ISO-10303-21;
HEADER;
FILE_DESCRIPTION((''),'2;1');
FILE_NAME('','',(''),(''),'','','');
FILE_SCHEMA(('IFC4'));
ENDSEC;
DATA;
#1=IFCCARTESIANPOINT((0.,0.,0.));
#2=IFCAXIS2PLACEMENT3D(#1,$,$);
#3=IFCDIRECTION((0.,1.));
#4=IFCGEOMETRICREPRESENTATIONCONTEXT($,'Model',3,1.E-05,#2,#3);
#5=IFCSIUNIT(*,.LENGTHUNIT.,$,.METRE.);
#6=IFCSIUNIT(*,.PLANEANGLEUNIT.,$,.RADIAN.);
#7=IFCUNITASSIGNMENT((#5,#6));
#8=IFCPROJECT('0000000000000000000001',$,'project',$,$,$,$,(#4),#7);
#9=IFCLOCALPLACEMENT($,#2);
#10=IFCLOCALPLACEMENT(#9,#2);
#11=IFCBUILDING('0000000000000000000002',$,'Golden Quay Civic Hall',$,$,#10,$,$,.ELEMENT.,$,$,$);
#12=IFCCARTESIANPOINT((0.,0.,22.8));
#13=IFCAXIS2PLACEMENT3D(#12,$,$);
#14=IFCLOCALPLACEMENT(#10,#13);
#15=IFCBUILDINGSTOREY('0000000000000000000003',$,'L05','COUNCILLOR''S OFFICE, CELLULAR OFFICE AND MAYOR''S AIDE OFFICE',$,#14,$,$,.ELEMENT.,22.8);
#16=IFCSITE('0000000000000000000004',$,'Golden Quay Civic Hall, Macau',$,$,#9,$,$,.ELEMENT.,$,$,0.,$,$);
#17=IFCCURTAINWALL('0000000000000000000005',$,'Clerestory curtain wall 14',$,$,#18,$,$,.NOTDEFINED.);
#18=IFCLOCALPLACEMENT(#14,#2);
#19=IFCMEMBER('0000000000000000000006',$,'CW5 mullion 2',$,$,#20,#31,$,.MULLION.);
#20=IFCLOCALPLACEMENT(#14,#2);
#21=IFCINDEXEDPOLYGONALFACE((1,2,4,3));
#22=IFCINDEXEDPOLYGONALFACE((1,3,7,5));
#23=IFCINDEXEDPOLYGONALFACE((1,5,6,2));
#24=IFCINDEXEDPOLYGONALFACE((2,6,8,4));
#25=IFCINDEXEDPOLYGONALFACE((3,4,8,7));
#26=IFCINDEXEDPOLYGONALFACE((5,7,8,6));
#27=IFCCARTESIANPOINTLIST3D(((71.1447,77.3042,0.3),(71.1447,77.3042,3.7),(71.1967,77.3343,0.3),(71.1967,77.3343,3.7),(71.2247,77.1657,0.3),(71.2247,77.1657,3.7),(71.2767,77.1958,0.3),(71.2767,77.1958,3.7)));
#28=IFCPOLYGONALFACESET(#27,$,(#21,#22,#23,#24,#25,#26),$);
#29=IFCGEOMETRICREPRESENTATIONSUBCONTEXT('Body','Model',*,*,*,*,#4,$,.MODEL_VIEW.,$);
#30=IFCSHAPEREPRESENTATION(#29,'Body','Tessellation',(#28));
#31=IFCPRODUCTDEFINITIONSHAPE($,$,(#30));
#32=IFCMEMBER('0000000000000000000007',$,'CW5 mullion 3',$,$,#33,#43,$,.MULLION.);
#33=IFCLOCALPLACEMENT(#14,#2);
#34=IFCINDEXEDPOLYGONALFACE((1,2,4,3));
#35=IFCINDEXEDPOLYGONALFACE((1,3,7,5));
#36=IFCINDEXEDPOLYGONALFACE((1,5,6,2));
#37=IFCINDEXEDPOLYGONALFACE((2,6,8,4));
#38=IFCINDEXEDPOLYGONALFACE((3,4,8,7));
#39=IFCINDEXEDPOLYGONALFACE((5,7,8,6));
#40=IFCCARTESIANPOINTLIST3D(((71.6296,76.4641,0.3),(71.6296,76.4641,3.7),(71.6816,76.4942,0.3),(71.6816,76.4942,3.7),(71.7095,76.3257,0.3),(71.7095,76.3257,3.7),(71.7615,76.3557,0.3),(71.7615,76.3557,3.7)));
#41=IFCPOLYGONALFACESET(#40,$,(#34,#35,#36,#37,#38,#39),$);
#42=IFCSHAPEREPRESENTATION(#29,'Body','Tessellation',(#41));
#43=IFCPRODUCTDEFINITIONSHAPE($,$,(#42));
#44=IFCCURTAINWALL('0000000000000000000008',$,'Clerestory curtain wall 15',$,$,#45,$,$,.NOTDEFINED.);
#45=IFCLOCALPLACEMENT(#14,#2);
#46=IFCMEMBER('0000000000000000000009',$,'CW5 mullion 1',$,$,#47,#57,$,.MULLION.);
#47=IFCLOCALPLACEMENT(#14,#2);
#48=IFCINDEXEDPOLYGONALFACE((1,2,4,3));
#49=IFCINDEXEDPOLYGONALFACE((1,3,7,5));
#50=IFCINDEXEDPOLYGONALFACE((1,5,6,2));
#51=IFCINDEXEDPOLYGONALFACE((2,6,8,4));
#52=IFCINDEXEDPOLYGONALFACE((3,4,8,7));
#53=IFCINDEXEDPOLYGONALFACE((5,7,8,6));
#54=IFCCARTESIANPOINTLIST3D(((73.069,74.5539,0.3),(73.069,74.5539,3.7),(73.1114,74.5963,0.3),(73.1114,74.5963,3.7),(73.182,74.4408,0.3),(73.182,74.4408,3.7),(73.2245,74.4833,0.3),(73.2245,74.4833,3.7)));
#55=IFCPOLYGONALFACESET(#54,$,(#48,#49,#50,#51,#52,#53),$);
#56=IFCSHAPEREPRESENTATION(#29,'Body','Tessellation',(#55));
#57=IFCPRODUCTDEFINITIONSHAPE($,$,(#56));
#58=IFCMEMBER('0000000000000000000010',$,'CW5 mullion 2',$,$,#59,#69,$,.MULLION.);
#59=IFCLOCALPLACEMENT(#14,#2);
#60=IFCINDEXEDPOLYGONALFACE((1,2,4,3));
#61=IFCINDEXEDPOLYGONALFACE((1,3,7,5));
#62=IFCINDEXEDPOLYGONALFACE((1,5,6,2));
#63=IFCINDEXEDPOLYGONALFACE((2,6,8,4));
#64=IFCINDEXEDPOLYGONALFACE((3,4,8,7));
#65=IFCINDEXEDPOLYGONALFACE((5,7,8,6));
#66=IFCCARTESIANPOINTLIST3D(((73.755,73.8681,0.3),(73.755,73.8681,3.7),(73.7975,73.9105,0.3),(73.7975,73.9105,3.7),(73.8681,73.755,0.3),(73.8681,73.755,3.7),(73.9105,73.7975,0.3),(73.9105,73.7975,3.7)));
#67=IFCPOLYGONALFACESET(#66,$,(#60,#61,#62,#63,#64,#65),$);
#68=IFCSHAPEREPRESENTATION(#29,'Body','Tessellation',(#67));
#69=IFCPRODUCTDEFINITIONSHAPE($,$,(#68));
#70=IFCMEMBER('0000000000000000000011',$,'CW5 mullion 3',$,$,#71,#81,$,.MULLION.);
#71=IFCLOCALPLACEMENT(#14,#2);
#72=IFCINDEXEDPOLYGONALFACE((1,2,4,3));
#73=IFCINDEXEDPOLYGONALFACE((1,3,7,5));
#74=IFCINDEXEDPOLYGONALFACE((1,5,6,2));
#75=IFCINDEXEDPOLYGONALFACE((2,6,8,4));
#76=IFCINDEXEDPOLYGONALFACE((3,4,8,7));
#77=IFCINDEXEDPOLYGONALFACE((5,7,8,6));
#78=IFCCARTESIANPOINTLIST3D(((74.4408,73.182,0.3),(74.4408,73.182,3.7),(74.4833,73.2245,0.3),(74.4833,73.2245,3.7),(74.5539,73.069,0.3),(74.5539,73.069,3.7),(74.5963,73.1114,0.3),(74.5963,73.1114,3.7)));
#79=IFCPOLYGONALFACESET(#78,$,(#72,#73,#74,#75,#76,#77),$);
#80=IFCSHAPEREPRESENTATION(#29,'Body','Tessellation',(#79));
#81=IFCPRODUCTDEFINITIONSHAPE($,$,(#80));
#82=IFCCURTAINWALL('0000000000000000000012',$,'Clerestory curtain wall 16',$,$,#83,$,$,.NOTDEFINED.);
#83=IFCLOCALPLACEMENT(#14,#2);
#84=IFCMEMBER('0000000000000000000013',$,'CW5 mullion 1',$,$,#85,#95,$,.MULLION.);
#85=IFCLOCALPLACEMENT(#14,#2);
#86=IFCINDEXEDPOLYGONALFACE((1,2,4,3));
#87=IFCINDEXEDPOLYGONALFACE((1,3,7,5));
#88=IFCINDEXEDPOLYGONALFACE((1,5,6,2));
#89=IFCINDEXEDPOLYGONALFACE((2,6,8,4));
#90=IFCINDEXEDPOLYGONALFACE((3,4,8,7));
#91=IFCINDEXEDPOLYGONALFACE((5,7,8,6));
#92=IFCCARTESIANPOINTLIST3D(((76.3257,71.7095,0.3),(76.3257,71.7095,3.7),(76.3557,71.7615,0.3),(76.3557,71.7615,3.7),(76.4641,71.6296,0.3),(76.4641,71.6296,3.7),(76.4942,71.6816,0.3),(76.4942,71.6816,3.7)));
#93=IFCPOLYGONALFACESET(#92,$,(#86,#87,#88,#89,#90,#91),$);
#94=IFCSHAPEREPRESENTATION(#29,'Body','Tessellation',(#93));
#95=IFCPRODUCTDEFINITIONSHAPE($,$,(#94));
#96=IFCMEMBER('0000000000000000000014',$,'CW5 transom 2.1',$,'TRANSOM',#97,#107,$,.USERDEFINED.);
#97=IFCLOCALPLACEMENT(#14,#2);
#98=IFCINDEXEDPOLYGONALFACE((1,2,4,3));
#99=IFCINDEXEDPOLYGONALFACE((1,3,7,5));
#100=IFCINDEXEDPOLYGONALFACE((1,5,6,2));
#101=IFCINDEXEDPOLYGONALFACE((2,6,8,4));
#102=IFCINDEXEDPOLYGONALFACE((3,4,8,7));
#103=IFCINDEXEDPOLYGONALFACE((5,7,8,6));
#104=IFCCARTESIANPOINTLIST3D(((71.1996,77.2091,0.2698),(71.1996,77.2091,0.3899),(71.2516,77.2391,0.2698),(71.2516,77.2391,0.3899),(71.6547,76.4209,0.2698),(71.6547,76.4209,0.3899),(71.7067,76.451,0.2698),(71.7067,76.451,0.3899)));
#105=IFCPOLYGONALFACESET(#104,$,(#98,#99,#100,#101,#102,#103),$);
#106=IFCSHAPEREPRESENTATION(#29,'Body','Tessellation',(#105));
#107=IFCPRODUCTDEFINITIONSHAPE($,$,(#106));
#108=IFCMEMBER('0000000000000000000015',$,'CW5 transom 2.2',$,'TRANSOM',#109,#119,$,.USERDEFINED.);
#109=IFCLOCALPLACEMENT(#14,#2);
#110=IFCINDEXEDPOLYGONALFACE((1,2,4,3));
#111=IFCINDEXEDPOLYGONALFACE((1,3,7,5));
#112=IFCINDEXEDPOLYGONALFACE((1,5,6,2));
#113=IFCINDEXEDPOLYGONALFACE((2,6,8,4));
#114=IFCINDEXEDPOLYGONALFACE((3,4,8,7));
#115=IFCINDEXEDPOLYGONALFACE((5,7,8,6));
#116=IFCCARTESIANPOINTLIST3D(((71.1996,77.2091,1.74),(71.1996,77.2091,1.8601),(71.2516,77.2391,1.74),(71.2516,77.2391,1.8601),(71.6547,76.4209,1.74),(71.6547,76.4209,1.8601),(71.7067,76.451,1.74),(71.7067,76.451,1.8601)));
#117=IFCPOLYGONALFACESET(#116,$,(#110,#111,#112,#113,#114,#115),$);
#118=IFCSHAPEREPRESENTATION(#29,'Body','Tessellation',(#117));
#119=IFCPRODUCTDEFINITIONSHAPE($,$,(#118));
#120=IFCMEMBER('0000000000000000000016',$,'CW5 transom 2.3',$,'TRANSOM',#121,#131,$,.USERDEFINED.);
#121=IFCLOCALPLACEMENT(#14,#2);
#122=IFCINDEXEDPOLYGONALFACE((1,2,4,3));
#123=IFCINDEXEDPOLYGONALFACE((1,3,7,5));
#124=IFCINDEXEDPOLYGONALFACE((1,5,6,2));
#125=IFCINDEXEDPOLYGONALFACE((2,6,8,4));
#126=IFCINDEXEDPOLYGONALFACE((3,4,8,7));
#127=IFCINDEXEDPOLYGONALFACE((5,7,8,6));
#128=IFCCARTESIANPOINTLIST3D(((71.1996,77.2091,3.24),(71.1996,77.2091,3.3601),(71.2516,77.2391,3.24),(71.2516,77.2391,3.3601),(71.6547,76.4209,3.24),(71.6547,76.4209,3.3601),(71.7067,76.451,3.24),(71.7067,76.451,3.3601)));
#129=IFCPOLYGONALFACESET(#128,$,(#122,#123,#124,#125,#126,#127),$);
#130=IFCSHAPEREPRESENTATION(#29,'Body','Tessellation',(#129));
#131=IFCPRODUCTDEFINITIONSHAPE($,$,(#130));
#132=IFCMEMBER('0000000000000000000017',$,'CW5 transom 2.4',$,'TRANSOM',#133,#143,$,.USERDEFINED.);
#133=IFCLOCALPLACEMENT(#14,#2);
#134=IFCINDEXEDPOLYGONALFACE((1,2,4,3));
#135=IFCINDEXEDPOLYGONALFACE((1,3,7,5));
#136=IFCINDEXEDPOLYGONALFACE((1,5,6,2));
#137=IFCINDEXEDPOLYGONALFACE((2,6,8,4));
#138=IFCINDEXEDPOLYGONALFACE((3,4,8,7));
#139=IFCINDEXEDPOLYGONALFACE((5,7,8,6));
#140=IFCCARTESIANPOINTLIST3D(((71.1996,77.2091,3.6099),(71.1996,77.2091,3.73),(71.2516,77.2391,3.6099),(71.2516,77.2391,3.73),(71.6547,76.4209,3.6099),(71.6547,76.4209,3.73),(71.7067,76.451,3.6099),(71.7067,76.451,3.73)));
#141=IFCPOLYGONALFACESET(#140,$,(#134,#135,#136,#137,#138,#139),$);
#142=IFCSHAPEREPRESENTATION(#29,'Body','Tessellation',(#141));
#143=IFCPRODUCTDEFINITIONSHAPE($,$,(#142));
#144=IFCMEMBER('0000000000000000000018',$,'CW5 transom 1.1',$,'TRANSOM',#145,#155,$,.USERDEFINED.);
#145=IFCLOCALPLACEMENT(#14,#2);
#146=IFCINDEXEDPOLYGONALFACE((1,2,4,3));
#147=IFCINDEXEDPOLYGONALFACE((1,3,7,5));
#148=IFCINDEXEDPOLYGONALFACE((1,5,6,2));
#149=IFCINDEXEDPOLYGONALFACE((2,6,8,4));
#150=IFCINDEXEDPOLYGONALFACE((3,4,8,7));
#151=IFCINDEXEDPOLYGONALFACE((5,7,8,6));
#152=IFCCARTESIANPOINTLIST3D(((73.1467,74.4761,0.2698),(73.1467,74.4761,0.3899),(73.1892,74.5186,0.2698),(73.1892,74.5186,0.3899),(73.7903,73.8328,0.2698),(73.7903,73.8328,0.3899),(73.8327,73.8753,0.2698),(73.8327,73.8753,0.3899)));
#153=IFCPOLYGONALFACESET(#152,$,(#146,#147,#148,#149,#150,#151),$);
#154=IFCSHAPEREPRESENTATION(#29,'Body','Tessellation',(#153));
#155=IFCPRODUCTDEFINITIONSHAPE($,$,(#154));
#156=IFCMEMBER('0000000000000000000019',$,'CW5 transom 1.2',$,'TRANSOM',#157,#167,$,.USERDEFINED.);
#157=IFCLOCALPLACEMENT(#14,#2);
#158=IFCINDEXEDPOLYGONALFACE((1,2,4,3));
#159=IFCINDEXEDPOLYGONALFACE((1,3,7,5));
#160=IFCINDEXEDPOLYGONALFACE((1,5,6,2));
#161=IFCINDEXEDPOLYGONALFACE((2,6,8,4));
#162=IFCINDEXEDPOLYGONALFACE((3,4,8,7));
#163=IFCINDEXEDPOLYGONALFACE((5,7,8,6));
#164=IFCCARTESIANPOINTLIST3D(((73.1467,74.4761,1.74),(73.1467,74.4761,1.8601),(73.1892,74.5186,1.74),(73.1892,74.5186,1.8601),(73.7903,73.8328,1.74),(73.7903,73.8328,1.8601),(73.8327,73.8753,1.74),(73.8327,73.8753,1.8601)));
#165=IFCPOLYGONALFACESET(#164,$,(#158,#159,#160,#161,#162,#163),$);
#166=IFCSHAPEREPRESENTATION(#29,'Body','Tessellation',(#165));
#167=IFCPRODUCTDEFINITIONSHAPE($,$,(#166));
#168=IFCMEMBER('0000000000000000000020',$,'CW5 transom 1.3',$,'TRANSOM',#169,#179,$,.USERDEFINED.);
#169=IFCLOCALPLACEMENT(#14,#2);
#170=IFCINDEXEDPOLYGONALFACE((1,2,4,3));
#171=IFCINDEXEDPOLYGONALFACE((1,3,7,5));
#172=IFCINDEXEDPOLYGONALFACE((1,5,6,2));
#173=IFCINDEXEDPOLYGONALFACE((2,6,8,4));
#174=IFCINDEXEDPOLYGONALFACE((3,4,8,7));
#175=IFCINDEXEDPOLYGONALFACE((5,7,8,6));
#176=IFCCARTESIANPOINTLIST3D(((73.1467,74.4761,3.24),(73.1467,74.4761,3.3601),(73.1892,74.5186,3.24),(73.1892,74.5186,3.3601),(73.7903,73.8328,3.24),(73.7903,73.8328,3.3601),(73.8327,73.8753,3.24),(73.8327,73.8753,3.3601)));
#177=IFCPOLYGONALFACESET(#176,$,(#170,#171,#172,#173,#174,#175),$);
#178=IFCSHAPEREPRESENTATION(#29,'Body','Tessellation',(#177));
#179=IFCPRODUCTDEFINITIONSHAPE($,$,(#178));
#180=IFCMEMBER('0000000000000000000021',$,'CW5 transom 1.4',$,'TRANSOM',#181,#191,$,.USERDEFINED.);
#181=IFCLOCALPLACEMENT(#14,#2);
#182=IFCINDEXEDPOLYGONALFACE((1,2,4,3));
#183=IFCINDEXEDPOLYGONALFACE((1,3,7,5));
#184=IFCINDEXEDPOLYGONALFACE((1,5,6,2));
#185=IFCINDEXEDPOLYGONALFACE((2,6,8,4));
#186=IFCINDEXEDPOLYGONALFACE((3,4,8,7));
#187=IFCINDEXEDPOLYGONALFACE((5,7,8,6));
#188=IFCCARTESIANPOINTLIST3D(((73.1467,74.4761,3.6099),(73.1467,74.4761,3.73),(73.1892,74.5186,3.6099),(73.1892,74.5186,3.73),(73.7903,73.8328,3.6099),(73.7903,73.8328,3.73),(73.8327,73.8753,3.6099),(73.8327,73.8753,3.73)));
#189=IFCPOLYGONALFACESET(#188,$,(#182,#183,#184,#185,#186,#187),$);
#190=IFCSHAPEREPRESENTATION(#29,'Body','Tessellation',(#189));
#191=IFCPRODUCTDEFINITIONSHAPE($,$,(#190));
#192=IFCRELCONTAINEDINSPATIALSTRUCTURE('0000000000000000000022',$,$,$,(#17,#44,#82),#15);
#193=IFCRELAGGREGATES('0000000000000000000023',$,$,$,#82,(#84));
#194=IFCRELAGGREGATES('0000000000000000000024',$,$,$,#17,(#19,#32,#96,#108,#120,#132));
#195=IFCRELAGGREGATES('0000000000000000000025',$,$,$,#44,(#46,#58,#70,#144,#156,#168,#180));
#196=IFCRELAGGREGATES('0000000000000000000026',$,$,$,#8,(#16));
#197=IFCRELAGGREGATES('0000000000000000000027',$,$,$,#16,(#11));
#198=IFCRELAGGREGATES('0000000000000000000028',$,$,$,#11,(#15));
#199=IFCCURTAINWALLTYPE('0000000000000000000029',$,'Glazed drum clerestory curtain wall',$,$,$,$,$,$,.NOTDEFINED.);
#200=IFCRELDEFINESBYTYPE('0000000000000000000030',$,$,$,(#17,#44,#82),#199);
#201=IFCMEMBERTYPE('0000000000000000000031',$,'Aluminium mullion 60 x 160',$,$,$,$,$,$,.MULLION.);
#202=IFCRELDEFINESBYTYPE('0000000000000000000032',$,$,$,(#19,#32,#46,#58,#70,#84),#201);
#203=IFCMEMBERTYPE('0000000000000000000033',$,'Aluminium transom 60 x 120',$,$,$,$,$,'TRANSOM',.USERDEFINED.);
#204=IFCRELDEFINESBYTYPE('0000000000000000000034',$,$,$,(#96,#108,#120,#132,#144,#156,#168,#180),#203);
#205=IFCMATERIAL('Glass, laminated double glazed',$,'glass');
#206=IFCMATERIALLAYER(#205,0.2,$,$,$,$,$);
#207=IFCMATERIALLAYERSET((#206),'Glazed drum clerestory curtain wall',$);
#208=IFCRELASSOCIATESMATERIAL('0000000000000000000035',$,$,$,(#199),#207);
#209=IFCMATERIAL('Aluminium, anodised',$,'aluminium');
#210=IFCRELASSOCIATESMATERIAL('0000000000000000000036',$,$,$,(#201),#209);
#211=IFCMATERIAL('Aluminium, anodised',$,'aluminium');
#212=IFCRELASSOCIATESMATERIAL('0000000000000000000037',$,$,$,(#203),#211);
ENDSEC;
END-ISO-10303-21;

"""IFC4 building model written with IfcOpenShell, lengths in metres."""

from ifc_helpers import new_model, si_unit, direction, frame, origin, origin_2d, place, context, subcontext, project, spatial, rectangle, extrude, material, layer, layer_set, material_profile, profile_set, type_object, element, aggregate, save


model = new_model("IFC4")

# Units and contexts
model_context = context("Model", 3, precision=1e-05, world=origin(), true_north=direction((0.0, 1.0)))
body_context = subcontext(model_context, "Body", "Model", "MODEL_VIEW")
ifc_project = project(units=[si_unit("LENGTHUNIT", "METRE"), si_unit("PLANEANGLEUNIT", "RADIAN")], contexts=[model_context])

# Site, building, storey
site_placement = place(None, origin())
site = spatial("IfcSite", under=ifc_project, at=site_placement, Name="Golden Quay Civic Hall, Macau", CompositionType="ELEMENT", RefElevation=0.0)
building_placement = place(site_placement, origin())
building = spatial("IfcBuilding", under=site, at=building_placement, Name="Golden Quay Civic Hall", CompositionType="ELEMENT")
storey_placement = place(building_placement, frame((0.0, 0.0, 22.8)))
storey = spatial("IfcBuildingStorey", under=building, at=storey_placement, Name="L05", Description="COUNCILLOR'S OFFICE, CELLULAR OFFICE AND MAYOR'S AIDE OFFICE", CompositionType="ELEMENT", Elevation=22.8)

# Curtain walls, members
ifc_material_1 = material(Name="Glass, laminated double glazed", Category="glass")
ifc_layer_1 = layer(ifc_material_1, 0.2)
ifc_layer_set_1 = layer_set([ifc_layer_1], Name="Glazed drum clerestory curtain wall")
curtain_wall_type = type_object("IfcCurtainWallType", Name="Glazed drum clerestory curtain wall", PredefinedType="NOTDEFINED", material=ifc_layer_set_1)
curtain_wall_1_placement = place(storey_placement, origin())
curtain_wall_1 = element("IfcCurtainWall", 1, at=curtain_wall_1_placement, inside=storey, type_object=curtain_wall_type, Name="Clerestory curtain wall 14", PredefinedType="NOTDEFINED")
ifc_material_2 = material(Name="Aluminium, anodised", Category="aluminium")
ifc_material_profile_1 = material_profile(ifc_material_2, rectangle(XDim=0.0601, YDim=0.1599, at=origin_2d()), Name="Aluminium 60 x 160")
ifc_profile_set_1 = profile_set([ifc_material_profile_1], Name="Aluminium, anodised")
member_type_1 = type_object("IfcMemberType", Name="Aluminium mullion 60 x 160", PredefinedType="MULLION", material=ifc_profile_set_1)
member_1_placement = place(storey_placement, frame((71.2107, 77.25, 0.3), z_axis=(0.0, 0.0, 1.0), x_axis=(0.866019, 0.500011, 0.0)))
member_1 = element("IfcMember", 2, at=member_1_placement, type_object=member_type_1, Name="CW5 mullion 2", PredefinedType="MULLION", context=body_context, shape_type="SweptSolid", body=[
    extrude(rectangle(XDim=0.0601, YDim=0.1599, at=origin_2d()), origin(), (0.0, 0.0, 1.0), 3.3999),
])
member_2_placement = place(storey_placement, frame((71.6956, 76.4099, 0.3), z_axis=(0.0, 0.0, 1.0), x_axis=(0.866019, 0.500011, 0.0)))
member_2 = element("IfcMember", 3, at=member_2_placement, type_object=member_type_1, Name="CW5 mullion 3", PredefinedType="MULLION", context=body_context, shape_type="SweptSolid", body=[
    extrude(rectangle(XDim=0.0601, YDim=0.1599, at=origin_2d()), origin(), (0.0, 0.0, 1.0), 3.3999),
])
curtain_wall_2_placement = place(storey_placement, origin())
curtain_wall_2 = element("IfcCurtainWall", 4, at=curtain_wall_2_placement, inside=storey, type_object=curtain_wall_type, Name="Clerestory curtain wall 15", PredefinedType="NOTDEFINED")
member_3_placement = place(storey_placement, frame((73.1467, 74.5186, 0.3), z_axis=(0.0, 0.0, 1.0), x_axis=(0.707107, 0.707107, 0.0)))
member_3 = element("IfcMember", 5, at=member_3_placement, type_object=member_type_1, Name="CW5 mullion 1", PredefinedType="MULLION", context=body_context, shape_type="SweptSolid", body=[
    extrude(rectangle(XDim=0.0601, YDim=0.1599, at=origin_2d()), origin(), (0.0, 0.0, 1.0), 3.3999),
])
member_4_placement = place(storey_placement, frame((73.8328, 73.8328, 0.3), z_axis=(0.0, 0.0, 1.0), x_axis=(0.707107, 0.707107, 0.0)))
member_4 = element("IfcMember", 6, at=member_4_placement, type_object=member_type_1, Name="CW5 mullion 2", PredefinedType="MULLION", context=body_context, shape_type="SweptSolid", body=[
    extrude(rectangle(XDim=0.0601, YDim=0.1599, at=origin_2d()), origin(), (0.0, 0.0, 1.0), 3.3999),
])
member_5_placement = place(storey_placement, frame((74.5186, 73.1467, 0.3), z_axis=(0.0, 0.0, 1.0), x_axis=(0.707107, 0.707107, 0.0)))
member_5 = element("IfcMember", 7, at=member_5_placement, type_object=member_type_1, Name="CW5 mullion 3", PredefinedType="MULLION", context=body_context, shape_type="SweptSolid", body=[
    extrude(rectangle(XDim=0.0601, YDim=0.1599, at=origin_2d()), origin(), (0.0, 0.0, 1.0), 3.3999),
])

# Curtain wall, member
curtain_wall_3_placement = place(storey_placement, origin())
curtain_wall_3 = element("IfcCurtainWall", 8, at=curtain_wall_3_placement, inside=storey, type_object=curtain_wall_type, Name="Clerestory curtain wall 16", PredefinedType="NOTDEFINED")
member_6_placement = place(storey_placement, frame((76.4099, 71.6956, 0.3), z_axis=(0.0, 0.0, 1.0), x_axis=(0.500011, 0.866019, 0.0)))
member_6 = element("IfcMember", 9, at=member_6_placement, type_object=member_type_1, Name="CW5 mullion 1", PredefinedType="MULLION", context=body_context, shape_type="SweptSolid", body=[
    extrude(rectangle(XDim=0.0601, YDim=0.1599, at=origin_2d()), origin(), (0.0, 0.0, 1.0), 3.3999),
])

# Members
ifc_material_3 = material(Name="Aluminium, anodised", Category="aluminium")
ifc_material_profile_2 = material_profile(ifc_material_3, rectangle(XDim=0.0601, YDim=0.1201, at=origin_2d()), Name="Aluminium 60 x 120")
ifc_profile_set_2 = profile_set([ifc_material_profile_2], Name="Aluminium, anodised")
member_type_2 = type_object("IfcMemberType", Name="Aluminium transom 60 x 120", ElementType="TRANSOM", PredefinedType="USERDEFINED", material=ifc_profile_set_2)
member_7_placement = place(storey_placement, frame((71.2256, 77.2241, 0.3298), z_axis=(0.500063, -0.865989, 0.0), x_axis=(0.865989, 0.500063, 0.0)))
member_7 = element("IfcMember", 10, at=member_7_placement, type_object=member_type_2, Name="CW5 transom 2.1", ObjectType="TRANSOM", PredefinedType="USERDEFINED", context=body_context, shape_type="SweptSolid", body=[
    extrude(rectangle(XDim=0.0601, YDim=0.1201, at=origin_2d()), origin(), (0.0, 0.0, 1.0), 0.9102),
])
member_8_placement = place(storey_placement, frame((71.2256, 77.2241, 1.8), z_axis=(0.500063, -0.865989, 0.0), x_axis=(0.865989, 0.500063, 0.0)))
member_8 = element("IfcMember", 11, at=member_8_placement, type_object=member_type_2, Name="CW5 transom 2.2", ObjectType="TRANSOM", PredefinedType="USERDEFINED", context=body_context, shape_type="SweptSolid", body=[
    extrude(rectangle(XDim=0.0601, YDim=0.1201, at=origin_2d()), origin(), (0.0, 0.0, 1.0), 0.9102),
])
member_9_placement = place(storey_placement, frame((71.2256, 77.2241, 3.3), z_axis=(0.500063, -0.865989, 0.0), x_axis=(0.865989, 0.500063, 0.0)))
member_9 = element("IfcMember", 12, at=member_9_placement, type_object=member_type_2, Name="CW5 transom 2.3", ObjectType="TRANSOM", PredefinedType="USERDEFINED", context=body_context, shape_type="SweptSolid", body=[
    extrude(rectangle(XDim=0.0601, YDim=0.1201, at=origin_2d()), origin(), (0.0, 0.0, 1.0), 0.9102),
])
member_10_placement = place(storey_placement, frame((71.2256, 77.2241, 3.6699), z_axis=(0.500063, -0.865989, 0.0), x_axis=(0.865989, 0.500063, 0.0)))
member_10 = element("IfcMember", 13, at=member_10_placement, type_object=member_type_2, Name="CW5 transom 2.4", ObjectType="TRANSOM", PredefinedType="USERDEFINED", context=body_context, shape_type="SweptSolid", body=[
    extrude(rectangle(XDim=0.0601, YDim=0.1201, at=origin_2d()), origin(), (0.0, 0.0, 1.0), 0.9102),
])
member_11_placement = place(storey_placement, frame((73.168, 74.4973, 0.3298), z_axis=(0.707241, -0.706973, 0.0), x_axis=(0.706973, 0.707241, 0.0)))
member_11 = element("IfcMember", 14, at=member_11_placement, type_object=member_type_2, Name="CW5 transom 1.1", ObjectType="TRANSOM", PredefinedType="USERDEFINED", context=body_context, shape_type="SweptSolid", body=[
    extrude(rectangle(XDim=0.0601, YDim=0.1201, at=origin_2d()), origin(), (0.0, 0.0, 1.0), 0.9099),
])
member_12_placement = place(storey_placement, frame((73.168, 74.4973, 1.8), z_axis=(0.707241, -0.706973, 0.0), x_axis=(0.706973, 0.707241, 0.0)))
member_12 = element("IfcMember", 15, at=member_12_placement, type_object=member_type_2, Name="CW5 transom 1.2", ObjectType="TRANSOM", PredefinedType="USERDEFINED", context=body_context, shape_type="SweptSolid", body=[
    extrude(rectangle(XDim=0.0601, YDim=0.1201, at=origin_2d()), origin(), (0.0, 0.0, 1.0), 0.9099),
])
member_13_placement = place(storey_placement, frame((73.168, 74.4973, 3.3), z_axis=(0.707241, -0.706973, 0.0), x_axis=(0.706973, 0.707241, 0.0)))
member_13 = element("IfcMember", 16, at=member_13_placement, type_object=member_type_2, Name="CW5 transom 1.3", ObjectType="TRANSOM", PredefinedType="USERDEFINED", context=body_context, shape_type="SweptSolid", body=[
    extrude(rectangle(XDim=0.0601, YDim=0.1201, at=origin_2d()), origin(), (0.0, 0.0, 1.0), 0.9099),
])
member_14_placement = place(storey_placement, frame((73.168, 74.4973, 3.6699), z_axis=(0.707241, -0.706973, 0.0), x_axis=(0.706973, 0.707241, 0.0)))
member_14 = element("IfcMember", 17, at=member_14_placement, type_object=member_type_2, Name="CW5 transom 1.4", ObjectType="TRANSOM", PredefinedType="USERDEFINED", context=body_context, shape_type="SweptSolid", body=[
    extrude(rectangle(XDim=0.0601, YDim=0.1201, at=origin_2d()), origin(), (0.0, 0.0, 1.0), 0.9099),
])
aggregate(curtain_wall_3, [member_6])

aggregate(curtain_wall_1, [member_1, member_2, member_7, member_8, member_9, member_10])
aggregate(curtain_wall_2, [member_3, member_4, member_5, member_11, member_12, member_13, member_14])

save(model, "model.ifc")
